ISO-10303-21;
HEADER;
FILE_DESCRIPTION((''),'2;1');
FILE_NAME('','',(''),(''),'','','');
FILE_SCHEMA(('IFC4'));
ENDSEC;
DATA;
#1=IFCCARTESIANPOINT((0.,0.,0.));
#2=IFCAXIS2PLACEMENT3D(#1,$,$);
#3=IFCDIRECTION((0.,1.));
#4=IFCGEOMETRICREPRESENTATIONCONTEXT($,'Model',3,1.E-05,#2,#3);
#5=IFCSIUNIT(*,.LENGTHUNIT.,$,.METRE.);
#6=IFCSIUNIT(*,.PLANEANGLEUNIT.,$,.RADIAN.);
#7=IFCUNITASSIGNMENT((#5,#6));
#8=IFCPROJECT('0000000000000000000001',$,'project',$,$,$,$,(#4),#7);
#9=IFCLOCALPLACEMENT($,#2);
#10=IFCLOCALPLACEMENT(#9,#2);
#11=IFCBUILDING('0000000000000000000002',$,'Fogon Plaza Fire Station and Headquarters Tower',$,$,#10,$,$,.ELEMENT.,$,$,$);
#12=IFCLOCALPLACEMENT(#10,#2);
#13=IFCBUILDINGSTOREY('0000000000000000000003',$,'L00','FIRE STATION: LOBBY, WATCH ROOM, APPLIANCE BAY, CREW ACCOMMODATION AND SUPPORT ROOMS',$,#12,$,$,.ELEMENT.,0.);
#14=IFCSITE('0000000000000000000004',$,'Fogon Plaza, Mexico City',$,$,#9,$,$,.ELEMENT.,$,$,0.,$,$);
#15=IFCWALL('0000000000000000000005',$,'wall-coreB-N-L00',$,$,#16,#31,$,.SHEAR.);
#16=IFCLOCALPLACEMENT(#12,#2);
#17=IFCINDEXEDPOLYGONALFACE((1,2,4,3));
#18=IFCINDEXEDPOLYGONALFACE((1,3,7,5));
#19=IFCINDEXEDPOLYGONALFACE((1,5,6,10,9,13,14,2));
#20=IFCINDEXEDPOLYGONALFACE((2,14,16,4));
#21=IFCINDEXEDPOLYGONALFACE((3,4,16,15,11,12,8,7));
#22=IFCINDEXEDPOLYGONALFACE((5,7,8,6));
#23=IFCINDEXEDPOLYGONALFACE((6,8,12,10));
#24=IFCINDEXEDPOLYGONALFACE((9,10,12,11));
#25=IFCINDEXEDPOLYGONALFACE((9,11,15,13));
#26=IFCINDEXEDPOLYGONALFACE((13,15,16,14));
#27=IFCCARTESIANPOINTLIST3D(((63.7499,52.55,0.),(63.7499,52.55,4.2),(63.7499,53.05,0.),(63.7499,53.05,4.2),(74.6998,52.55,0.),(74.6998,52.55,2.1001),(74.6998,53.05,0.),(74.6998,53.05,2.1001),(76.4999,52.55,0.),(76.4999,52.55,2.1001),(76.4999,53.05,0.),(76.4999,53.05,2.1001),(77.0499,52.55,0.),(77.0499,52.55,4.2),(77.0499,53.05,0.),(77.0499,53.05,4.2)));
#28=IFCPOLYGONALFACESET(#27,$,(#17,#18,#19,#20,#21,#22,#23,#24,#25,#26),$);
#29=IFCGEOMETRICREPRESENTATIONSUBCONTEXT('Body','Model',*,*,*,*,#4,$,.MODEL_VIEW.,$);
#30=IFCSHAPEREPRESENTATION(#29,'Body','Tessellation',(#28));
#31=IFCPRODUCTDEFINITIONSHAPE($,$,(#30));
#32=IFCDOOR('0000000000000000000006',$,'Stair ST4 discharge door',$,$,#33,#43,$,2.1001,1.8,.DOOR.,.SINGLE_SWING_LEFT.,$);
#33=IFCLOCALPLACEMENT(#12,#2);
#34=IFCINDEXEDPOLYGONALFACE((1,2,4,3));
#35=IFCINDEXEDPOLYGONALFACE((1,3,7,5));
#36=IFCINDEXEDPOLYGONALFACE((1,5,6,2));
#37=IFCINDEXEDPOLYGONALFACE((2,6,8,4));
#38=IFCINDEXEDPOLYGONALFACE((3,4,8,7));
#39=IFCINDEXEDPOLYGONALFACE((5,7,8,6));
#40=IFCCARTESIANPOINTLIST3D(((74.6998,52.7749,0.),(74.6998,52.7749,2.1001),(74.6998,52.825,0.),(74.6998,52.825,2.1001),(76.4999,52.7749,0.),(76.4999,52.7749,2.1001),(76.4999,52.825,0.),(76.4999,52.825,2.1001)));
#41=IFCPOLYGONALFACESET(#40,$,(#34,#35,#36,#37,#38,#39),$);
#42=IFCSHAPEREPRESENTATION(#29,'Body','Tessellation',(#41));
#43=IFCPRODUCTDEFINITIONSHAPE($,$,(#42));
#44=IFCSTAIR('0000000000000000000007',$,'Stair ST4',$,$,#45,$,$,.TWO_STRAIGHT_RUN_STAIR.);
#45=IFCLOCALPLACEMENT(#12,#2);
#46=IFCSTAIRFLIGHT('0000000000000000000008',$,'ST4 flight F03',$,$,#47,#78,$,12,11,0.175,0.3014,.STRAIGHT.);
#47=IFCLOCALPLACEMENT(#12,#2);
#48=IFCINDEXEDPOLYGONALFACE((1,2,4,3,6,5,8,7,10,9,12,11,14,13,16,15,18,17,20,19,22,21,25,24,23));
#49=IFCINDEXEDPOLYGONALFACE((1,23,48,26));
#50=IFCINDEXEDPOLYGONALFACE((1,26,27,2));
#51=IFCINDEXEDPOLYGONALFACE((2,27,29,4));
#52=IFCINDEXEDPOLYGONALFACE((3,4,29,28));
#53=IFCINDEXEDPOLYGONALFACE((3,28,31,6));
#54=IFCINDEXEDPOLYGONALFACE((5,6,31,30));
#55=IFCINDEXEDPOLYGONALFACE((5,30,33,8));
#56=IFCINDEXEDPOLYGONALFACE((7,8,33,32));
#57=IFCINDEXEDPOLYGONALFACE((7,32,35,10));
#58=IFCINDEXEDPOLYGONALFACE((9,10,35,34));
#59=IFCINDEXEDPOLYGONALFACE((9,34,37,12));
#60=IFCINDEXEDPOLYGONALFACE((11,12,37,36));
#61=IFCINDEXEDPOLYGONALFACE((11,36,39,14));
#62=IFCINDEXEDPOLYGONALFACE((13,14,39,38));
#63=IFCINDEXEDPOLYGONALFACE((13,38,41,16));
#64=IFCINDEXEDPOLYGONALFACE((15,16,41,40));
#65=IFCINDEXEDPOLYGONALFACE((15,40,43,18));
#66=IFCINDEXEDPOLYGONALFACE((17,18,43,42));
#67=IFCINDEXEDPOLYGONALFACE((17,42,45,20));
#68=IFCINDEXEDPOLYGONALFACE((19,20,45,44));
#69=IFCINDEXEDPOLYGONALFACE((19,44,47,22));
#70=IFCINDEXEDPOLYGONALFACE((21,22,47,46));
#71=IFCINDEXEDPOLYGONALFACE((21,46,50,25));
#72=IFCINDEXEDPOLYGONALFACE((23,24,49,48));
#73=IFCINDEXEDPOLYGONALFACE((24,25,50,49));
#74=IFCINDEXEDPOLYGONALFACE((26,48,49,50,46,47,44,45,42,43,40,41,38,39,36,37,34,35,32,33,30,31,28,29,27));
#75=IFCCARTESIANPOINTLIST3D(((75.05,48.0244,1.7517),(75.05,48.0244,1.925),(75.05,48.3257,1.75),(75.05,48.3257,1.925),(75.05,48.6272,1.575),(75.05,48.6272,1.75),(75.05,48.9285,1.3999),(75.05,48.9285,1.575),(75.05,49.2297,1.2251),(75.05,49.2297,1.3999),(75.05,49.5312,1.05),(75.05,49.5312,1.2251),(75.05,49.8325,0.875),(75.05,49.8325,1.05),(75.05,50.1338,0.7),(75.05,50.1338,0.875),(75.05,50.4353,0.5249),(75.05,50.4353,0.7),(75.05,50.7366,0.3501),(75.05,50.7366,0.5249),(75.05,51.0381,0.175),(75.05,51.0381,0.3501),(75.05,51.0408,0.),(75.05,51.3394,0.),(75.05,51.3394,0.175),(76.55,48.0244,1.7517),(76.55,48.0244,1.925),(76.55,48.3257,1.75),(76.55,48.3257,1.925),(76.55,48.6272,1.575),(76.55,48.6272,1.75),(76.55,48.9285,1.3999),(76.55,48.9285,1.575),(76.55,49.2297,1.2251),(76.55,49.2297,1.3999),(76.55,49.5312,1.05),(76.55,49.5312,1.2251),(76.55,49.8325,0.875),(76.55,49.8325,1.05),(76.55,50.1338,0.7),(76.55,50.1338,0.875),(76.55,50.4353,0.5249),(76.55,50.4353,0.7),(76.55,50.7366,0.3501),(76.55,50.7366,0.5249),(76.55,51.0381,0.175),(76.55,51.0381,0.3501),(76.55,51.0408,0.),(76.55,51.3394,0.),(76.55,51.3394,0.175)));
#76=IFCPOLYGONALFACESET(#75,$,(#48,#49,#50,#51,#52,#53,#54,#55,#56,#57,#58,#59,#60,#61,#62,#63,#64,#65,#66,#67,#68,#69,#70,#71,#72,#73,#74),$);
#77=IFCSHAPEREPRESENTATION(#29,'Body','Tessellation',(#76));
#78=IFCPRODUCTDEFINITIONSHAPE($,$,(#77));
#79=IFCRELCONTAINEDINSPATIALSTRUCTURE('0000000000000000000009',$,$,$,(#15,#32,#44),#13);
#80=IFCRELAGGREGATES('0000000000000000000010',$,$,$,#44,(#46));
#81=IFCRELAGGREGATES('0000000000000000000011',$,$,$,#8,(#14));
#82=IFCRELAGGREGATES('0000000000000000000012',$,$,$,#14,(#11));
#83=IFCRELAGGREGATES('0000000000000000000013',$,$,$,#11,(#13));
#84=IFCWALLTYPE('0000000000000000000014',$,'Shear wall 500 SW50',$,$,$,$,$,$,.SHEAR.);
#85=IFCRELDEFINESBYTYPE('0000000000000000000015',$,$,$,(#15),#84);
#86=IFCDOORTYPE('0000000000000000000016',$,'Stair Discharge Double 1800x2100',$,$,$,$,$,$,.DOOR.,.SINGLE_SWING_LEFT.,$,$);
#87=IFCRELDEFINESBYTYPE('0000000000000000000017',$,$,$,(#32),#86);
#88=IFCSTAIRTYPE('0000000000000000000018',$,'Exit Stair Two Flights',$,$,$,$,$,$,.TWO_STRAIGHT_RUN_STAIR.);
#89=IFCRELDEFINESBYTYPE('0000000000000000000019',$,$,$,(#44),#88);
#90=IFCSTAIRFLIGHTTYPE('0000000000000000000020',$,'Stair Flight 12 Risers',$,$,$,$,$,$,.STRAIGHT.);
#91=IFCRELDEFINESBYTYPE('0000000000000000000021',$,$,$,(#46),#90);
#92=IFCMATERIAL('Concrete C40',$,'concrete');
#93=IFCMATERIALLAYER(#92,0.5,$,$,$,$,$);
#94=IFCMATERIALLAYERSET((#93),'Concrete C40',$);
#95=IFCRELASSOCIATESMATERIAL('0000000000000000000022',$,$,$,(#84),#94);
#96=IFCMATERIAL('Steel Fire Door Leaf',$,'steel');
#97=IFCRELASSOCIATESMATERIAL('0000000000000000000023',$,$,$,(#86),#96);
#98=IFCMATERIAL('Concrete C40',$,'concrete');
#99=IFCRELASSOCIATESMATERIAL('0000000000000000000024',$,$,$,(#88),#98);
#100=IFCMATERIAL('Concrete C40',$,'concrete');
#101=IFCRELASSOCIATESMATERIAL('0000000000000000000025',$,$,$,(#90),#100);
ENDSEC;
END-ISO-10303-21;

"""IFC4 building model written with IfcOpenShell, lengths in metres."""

from ifc_helpers import new_model, si_unit, direction, frame, frame_2d, origin, place, context, subcontext, project, spatial, polyline, rectangle, outline, extrude, material, layer, layer_set, type_object, element, fill, aggregate, save


model = new_model("IFC4")

# Units and contexts
model_context = context("Model", 3, precision=1e-05, world=origin(), true_north=direction((0.0, 1.0)))
body_context = subcontext(model_context, "Body", "Model", "MODEL_VIEW")
ifc_project = project(units=[si_unit("LENGTHUNIT", "METRE"), si_unit("PLANEANGLEUNIT", "RADIAN")], contexts=[model_context])

# Site, building, storey
site_placement = place(None, origin())
site = spatial("IfcSite", under=ifc_project, at=site_placement, Name="Fogon Plaza, Mexico City", CompositionType="ELEMENT", RefElevation=0.0)
building_placement = place(site_placement, origin())
building = spatial("IfcBuilding", under=site, at=building_placement, Name="Fogon Plaza Fire Station and Headquarters Tower", CompositionType="ELEMENT")
storey_placement = place(building_placement, origin())
storey = spatial("IfcBuildingStorey", under=building, at=storey_placement, Name="L00", Description="FIRE STATION: LOBBY, WATCH ROOM, APPLIANCE BAY, CREW ACCOMMODATION AND SUPPORT ROOMS", CompositionType="ELEMENT", Elevation=0.0)

# Wall, opening, door
ifc_material_1 = material(Name="Concrete C40", Category="concrete")
ifc_layer_1 = layer(ifc_material_1, 0.5)
ifc_layer_set_1 = layer_set([ifc_layer_1], Name="Concrete C40")
wall_type_1 = type_object("IfcWallType", Name="Shear wall 500 SW50", PredefinedType="SHEAR", material=ifc_layer_set_1)
wall_1_placement = place(storey_placement, frame((63.75, 52.8, 0.0), z_axis=(0.0, 0.0, 1.0), x_axis=(1.0, 0.0, 0.0)))
wall_1 = element("IfcWall", 1, at=wall_1_placement, inside=storey, type_object=wall_type_1, Name="wall-coreB-N-L00", PredefinedType="SHEAR", context=body_context, shape_type="SweptSolid", body=[
    extrude(rectangle(XDim=13.3, YDim=0.5, at=frame_2d((6.6499, 0.0))), origin(), (0.0, 0.0, 1.0), 4.2),
])
opening_1_placement = place(wall_1_placement, frame((10.95, 0.0, 0.0)))
opening_1 = element("IfcOpeningElement", 2, at=opening_1_placement, cuts=wall_1, PredefinedType="OPENING", context=body_context, shape_type="SweptSolid", body=[
    extrude(rectangle(XDim=1.8, YDim=2.1001, at=frame_2d((0.8999, 1.05))), frame((0.0, 0.26, 0.0), z_axis=(0.0, -1.0, 0.0), x_axis=(1.0, 0.0, 0.0)), (0.0, 0.0, 1.0), 0.52),
])
ifc_material_2 = material(Name="Steel Fire Door Leaf", Category="steel")
door_type_1 = type_object("IfcDoorType", Name="Stair Discharge Double 1800x2100", OperationType="SINGLE_SWING_LEFT", PredefinedType="DOOR", material=ifc_material_2)
door_1_placement = place(opening_1_placement, origin())
door_1 = element("IfcDoor", 3, at=door_1_placement, inside=storey, type_object=door_type_1, Name="Stair ST4 discharge door", OperationType="SINGLE_SWING_LEFT", OverallHeight=2.1001, OverallWidth=1.8, PredefinedType="DOOR", context=body_context, shape_type="SweptSolid", body=[
    extrude(rectangle(XDim=1.8, YDim=2.1001, at=frame_2d((0.8999, 1.05))), frame((0.0, 0.0249, 0.0), z_axis=(0.0, -1.0, 0.0), x_axis=(1.0, 0.0, 0.0)), (0.0, 0.0, 1.0), 0.05),
])
fill(opening_1, door_1)

# Stair, stair flight
ifc_material_3 = material(Name="Concrete C40", Category="concrete")
stair_type = type_object("IfcStairType", Name="Exit Stair Two Flights", PredefinedType="TWO_STRAIGHT_RUN_STAIR", material=ifc_material_3)
stair_placement = place(storey_placement, origin())
stair = element("IfcStair", 4, at=stair_placement, inside=storey, type_object=stair_type, Name="Stair ST4", PredefinedType="TWO_STRAIGHT_RUN_STAIR")
ifc_material_4 = material(Name="Concrete C40", Category="concrete")
stair_flight_type = type_object("IfcStairFlightType", Name="Stair Flight 12 Risers", PredefinedType="STRAIGHT", material=ifc_material_4)
stair_flight_placement = place(storey_placement, frame((75.8, 51.3394, 0.0), z_axis=(0.0, 0.0, 1.0), x_axis=(0.0, -1.0, 0.0)))
stair_flight = element("IfcStairFlight", 5, at=stair_flight_placement, type_object=stair_flight_type, Name="ST4 flight F03", NumberOfRisers=12, NumberOfTreads=11, PredefinedType="STRAIGHT", RiserHeight=0.175, TreadLength=0.3014, context=body_context, shape_type="SweptSolid", body=[
    extrude(outline(polyline([(0.0, 0.0), (0.0, 0.175), (0.3013, 0.175), (0.3013, 0.3501), (0.6028, 0.3501), (0.6028, 0.5249), (0.9041, 0.5249), (0.9041, 0.7), (1.2056, 0.7), (1.2056, 0.875), (1.5068, 0.875), (1.5068, 1.05), (1.8081, 1.05), (1.8081, 1.2251), (2.1096, 1.2251), (2.1096, 1.3999), (2.4109, 1.3999), (2.4109, 1.575), (2.7122, 1.575), (2.7122, 1.75), (3.0137, 1.75), (3.0137, 1.925), (3.3149, 1.925), (3.3149, 2.1001), (3.3149, 1.7517), (0.2986, 0.0), (0.0, 0.0)])), frame((0.0, 0.75, 0.0), z_axis=(0.0, -1.0, 0.0), x_axis=(1.0, 0.0, 0.0)), (0.0, 0.0, 1.0), 1.5),
])
aggregate(stair, [stair_flight])

save(model, "model.ifc")
